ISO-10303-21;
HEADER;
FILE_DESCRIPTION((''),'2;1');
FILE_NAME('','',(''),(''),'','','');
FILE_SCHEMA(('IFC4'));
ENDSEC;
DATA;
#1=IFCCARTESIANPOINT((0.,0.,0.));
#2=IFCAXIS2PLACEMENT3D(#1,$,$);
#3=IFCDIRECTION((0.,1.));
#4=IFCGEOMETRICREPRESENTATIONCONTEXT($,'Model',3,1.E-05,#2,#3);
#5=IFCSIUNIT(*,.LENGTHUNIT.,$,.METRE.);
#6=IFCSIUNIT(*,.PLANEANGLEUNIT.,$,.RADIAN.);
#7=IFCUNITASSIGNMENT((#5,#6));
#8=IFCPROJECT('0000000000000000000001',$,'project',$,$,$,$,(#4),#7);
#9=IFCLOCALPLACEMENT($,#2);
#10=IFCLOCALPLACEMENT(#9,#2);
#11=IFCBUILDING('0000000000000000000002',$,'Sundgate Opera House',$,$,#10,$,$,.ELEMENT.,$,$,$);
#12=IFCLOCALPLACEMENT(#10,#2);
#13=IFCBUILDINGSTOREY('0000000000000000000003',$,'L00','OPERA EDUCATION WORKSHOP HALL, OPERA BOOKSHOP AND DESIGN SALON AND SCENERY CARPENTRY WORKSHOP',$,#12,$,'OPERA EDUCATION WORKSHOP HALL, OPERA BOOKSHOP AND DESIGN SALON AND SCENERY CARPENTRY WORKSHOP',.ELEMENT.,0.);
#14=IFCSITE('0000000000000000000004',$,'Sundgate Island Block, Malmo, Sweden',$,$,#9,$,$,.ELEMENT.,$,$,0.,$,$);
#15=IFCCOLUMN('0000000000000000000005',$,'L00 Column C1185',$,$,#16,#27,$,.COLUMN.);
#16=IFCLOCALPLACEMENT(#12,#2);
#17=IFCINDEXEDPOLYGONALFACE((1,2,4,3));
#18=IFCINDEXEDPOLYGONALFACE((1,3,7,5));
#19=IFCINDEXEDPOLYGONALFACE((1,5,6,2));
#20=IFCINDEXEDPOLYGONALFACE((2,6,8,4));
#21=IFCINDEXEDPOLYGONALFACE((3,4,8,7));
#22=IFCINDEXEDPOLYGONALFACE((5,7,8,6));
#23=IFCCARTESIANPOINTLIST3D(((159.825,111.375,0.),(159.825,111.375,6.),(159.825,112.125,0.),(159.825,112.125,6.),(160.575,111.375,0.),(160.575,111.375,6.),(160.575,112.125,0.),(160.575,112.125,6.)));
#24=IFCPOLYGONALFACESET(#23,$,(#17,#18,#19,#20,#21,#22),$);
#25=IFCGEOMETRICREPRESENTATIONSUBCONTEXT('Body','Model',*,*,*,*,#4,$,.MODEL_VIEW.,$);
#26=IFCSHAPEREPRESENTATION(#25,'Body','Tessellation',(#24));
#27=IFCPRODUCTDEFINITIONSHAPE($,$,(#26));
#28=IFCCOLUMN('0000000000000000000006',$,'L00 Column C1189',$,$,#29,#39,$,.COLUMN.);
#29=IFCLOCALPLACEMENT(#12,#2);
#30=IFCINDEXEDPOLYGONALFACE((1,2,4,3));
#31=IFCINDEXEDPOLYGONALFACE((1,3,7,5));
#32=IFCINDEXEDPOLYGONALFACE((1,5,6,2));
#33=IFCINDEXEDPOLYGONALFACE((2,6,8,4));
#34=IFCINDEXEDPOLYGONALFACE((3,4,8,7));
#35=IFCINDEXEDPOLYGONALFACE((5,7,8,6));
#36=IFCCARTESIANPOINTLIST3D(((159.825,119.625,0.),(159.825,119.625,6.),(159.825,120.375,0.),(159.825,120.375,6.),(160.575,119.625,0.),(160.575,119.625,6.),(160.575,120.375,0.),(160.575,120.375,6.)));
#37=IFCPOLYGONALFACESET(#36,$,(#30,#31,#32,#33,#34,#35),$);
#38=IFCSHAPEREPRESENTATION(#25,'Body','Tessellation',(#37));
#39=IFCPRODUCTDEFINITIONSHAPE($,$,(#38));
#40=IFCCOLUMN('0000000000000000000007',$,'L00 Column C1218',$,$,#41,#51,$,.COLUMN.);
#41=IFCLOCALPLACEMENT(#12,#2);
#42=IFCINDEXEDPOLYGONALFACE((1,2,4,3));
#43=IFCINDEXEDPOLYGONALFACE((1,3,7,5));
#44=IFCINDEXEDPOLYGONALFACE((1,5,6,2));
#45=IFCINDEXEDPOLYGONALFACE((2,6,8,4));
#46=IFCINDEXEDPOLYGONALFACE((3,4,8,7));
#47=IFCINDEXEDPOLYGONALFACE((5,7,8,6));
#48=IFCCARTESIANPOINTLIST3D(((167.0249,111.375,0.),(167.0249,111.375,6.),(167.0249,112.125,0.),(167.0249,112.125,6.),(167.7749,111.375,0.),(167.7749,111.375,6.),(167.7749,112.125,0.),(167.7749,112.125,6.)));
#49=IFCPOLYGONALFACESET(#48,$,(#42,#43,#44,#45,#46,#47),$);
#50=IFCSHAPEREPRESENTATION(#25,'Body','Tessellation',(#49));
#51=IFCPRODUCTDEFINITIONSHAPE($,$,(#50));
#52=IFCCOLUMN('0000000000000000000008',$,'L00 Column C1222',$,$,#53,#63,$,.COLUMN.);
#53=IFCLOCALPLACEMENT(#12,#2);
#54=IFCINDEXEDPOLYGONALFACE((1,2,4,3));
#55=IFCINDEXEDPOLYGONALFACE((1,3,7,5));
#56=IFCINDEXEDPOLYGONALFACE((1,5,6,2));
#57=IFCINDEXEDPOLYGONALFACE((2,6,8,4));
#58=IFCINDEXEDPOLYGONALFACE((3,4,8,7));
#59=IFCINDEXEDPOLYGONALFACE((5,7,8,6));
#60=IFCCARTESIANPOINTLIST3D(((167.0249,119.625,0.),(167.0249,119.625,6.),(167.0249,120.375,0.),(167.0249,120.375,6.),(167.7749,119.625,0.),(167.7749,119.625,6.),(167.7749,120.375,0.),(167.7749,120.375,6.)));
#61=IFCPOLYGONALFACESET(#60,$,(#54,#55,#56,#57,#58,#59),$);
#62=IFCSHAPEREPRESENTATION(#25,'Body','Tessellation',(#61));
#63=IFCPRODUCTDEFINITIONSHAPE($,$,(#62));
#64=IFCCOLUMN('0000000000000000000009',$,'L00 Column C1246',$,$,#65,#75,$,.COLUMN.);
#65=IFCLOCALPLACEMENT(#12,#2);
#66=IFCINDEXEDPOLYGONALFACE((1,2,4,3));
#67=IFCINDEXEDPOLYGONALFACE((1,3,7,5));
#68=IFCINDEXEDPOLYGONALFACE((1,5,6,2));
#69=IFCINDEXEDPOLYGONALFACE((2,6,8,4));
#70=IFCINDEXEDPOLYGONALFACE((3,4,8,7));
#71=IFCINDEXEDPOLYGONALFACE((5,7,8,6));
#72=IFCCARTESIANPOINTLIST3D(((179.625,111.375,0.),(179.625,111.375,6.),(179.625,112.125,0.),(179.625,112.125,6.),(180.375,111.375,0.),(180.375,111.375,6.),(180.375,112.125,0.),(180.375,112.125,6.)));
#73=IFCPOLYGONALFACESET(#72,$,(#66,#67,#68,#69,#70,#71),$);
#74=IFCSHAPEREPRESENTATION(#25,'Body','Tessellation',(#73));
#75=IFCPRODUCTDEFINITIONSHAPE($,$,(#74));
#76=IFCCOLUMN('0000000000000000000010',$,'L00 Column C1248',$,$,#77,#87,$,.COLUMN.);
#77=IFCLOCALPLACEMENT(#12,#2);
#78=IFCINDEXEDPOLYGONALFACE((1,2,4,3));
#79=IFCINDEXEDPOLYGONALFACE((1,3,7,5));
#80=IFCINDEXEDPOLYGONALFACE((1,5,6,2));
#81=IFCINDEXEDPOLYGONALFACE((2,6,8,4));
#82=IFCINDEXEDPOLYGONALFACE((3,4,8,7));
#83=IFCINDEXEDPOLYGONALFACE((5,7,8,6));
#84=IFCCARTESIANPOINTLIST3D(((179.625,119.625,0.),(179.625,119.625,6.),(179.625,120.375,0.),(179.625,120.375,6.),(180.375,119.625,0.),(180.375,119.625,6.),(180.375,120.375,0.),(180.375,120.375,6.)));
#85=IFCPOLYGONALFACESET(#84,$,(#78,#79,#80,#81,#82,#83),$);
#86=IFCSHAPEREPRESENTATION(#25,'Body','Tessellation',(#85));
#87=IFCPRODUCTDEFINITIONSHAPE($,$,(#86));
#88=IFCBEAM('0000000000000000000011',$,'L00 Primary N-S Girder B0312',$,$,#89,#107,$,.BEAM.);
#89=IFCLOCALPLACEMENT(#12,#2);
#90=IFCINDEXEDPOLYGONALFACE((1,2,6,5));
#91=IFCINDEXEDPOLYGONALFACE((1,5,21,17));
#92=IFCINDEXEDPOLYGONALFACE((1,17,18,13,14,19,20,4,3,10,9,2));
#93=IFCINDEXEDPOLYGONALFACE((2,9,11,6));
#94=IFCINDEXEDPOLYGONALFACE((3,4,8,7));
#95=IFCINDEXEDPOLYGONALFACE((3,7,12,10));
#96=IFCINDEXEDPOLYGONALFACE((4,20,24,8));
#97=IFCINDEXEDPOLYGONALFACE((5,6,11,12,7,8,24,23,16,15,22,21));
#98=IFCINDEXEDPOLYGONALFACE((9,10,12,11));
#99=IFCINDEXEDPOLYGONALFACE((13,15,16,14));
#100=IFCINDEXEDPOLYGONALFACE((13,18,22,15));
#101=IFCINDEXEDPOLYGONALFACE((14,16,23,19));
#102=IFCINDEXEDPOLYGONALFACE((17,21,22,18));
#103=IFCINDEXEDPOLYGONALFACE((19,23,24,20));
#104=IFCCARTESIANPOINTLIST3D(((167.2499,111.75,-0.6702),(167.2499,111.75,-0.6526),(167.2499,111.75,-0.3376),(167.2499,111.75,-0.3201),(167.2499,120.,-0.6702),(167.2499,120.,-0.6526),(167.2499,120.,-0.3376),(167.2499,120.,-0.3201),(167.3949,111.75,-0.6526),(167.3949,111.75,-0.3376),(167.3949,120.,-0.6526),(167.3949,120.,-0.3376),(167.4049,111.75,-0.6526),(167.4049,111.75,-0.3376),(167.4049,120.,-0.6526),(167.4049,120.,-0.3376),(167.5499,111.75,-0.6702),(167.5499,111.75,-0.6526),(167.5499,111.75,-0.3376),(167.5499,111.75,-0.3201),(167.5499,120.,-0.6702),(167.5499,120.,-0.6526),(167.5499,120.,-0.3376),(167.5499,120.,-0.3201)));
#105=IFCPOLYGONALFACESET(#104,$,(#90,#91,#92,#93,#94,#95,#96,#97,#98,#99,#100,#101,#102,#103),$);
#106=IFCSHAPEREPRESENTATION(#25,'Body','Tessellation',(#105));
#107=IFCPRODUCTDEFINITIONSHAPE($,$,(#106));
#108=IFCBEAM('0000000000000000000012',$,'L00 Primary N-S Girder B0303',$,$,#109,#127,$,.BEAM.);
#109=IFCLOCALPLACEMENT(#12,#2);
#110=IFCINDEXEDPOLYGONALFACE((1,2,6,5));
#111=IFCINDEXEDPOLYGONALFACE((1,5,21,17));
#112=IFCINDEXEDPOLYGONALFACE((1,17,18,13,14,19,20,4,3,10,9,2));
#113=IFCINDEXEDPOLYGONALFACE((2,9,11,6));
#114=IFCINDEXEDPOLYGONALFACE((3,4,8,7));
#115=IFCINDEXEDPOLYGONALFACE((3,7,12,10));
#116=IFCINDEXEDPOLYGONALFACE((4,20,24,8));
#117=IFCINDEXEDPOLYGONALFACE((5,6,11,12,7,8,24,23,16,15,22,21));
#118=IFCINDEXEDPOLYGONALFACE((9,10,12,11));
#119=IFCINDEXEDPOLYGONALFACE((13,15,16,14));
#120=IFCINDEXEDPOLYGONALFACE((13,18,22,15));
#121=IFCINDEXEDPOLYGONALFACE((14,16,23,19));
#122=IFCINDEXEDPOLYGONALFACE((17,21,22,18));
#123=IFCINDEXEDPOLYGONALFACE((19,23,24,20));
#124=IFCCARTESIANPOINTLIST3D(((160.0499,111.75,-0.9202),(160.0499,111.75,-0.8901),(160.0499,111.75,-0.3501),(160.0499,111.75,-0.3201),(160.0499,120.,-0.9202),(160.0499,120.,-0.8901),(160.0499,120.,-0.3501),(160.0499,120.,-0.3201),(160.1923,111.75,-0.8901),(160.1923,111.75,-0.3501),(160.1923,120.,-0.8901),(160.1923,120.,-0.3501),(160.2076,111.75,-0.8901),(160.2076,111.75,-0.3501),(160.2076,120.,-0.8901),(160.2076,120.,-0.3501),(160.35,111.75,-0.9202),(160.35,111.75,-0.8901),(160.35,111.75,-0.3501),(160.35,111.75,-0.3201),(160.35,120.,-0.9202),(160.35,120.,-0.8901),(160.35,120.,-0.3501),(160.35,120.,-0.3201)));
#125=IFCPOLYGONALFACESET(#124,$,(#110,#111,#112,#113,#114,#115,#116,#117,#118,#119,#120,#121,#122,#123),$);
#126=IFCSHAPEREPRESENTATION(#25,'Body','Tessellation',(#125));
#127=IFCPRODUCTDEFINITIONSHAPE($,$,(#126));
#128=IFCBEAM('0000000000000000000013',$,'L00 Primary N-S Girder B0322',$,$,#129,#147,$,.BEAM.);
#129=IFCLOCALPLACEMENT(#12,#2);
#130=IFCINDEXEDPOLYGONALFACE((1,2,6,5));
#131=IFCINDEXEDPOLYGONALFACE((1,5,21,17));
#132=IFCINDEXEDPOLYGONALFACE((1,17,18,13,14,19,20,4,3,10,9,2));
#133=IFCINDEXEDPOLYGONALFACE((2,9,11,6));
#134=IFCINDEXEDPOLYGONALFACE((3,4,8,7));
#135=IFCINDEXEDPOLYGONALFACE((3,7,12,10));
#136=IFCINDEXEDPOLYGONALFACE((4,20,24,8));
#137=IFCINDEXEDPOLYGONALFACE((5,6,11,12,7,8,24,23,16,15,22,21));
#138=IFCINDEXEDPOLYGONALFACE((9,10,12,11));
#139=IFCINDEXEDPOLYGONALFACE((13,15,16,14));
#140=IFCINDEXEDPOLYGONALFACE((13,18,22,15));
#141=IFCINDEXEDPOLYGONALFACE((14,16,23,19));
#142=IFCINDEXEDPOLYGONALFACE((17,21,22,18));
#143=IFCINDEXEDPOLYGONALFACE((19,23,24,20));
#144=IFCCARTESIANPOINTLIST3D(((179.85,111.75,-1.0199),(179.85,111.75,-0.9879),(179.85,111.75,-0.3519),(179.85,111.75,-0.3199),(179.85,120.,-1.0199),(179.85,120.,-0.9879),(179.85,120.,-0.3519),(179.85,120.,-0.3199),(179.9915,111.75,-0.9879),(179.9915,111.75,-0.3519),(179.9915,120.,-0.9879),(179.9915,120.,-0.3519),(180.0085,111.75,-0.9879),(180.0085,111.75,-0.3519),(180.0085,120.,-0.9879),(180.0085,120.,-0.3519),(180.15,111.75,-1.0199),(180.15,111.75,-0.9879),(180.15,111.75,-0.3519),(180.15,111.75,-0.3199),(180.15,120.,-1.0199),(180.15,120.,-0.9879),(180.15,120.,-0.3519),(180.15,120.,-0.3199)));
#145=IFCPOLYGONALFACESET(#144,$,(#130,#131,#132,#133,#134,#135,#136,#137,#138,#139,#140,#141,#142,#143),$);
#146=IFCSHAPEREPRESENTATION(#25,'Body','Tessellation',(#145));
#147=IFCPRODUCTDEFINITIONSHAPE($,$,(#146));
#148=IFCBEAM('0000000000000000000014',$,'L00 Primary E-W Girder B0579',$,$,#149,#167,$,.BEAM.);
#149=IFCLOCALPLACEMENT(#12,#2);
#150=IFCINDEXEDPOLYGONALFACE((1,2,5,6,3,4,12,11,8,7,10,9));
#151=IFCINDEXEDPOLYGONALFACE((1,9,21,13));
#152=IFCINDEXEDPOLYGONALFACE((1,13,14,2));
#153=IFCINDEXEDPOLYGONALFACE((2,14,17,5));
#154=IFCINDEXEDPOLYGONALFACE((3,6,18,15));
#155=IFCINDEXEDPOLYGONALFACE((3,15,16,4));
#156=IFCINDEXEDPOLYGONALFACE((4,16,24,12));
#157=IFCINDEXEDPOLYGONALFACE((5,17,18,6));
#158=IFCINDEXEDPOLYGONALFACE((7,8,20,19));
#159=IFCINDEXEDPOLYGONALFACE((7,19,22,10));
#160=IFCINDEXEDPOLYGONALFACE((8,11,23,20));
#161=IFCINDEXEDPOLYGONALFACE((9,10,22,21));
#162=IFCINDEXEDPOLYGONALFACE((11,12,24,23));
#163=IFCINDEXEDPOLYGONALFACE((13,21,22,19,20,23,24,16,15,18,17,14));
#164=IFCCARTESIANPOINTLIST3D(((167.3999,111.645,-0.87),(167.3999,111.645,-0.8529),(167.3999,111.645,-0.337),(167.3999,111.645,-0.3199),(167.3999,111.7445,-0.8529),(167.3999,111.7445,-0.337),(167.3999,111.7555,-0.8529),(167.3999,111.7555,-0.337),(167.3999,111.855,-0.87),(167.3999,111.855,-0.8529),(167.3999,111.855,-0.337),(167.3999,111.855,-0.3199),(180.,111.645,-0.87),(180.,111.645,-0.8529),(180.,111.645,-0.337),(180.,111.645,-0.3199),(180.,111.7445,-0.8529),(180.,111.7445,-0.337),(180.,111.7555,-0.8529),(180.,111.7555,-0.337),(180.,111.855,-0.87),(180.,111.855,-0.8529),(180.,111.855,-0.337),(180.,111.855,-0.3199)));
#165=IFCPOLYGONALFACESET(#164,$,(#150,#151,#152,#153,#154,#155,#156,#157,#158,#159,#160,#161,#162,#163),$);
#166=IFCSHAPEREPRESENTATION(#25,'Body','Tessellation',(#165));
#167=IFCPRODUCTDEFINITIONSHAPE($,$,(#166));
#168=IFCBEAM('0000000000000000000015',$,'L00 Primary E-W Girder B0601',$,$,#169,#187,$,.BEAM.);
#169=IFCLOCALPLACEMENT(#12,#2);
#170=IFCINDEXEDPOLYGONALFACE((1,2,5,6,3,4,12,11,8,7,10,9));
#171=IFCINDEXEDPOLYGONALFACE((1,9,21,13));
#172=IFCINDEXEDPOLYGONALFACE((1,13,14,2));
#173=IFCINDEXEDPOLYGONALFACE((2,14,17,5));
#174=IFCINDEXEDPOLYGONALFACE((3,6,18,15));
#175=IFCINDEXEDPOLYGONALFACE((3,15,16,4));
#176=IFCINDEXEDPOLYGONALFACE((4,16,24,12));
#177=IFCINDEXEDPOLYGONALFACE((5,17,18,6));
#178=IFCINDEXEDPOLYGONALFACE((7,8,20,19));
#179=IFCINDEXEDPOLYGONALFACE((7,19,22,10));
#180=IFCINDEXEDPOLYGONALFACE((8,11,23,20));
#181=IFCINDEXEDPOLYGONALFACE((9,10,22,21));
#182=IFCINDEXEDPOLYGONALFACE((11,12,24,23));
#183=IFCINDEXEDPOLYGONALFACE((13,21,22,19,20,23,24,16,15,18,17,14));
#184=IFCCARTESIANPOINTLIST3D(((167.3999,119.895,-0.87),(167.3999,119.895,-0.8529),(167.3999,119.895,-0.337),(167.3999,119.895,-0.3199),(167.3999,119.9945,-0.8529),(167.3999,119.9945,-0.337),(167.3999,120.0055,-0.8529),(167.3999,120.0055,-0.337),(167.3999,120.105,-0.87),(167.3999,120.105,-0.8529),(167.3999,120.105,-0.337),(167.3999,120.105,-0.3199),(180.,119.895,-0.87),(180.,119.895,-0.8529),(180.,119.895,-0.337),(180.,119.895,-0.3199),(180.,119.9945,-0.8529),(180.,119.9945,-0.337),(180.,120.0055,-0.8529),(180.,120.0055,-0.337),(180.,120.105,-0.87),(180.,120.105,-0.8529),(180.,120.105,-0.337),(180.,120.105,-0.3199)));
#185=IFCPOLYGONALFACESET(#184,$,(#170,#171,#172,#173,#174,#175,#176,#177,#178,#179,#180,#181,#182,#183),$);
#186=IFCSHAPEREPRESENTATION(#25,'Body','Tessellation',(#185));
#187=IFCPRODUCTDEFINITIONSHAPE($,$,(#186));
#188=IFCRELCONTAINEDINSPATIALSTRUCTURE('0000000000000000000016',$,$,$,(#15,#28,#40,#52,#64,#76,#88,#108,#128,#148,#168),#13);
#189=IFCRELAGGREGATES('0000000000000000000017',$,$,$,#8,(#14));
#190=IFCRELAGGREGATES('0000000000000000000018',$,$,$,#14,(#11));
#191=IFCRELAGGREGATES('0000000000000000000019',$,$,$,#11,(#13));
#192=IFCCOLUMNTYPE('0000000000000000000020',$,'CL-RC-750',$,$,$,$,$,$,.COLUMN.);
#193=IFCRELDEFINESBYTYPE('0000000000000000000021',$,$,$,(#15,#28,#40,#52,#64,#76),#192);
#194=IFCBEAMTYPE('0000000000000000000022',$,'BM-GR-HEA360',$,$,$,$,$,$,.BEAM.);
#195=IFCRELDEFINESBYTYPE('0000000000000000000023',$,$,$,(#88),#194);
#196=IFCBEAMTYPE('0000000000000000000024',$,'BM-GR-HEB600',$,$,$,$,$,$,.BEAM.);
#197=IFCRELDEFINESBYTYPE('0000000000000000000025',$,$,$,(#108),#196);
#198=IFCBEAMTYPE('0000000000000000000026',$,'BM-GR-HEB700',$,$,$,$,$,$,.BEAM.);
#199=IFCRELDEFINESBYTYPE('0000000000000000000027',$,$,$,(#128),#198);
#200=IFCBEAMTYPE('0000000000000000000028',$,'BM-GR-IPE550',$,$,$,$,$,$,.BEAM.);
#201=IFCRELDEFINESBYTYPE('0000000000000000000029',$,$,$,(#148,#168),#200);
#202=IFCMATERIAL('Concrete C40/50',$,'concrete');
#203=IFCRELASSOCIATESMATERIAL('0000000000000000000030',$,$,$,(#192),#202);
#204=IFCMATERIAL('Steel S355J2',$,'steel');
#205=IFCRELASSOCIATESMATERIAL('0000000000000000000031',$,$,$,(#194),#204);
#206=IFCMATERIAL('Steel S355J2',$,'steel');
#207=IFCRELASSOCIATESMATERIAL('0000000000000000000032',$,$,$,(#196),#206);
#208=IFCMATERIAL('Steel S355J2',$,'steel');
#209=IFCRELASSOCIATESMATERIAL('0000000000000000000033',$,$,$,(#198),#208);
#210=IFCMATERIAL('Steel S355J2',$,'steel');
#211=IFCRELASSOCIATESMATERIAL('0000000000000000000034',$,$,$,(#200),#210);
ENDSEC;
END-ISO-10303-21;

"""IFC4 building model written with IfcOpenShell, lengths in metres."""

from ifc_helpers import new_model, si_unit, direction, frame, origin, origin_2d, place, context, subcontext, project, spatial, rectangle, i_section, extrude, material, material_profile, profile_set, type_object, element, save


model = new_model("IFC4")

# Units and contexts
model_context = context("Model", 3, precision=1e-05, world=origin(), true_north=direction((0.0, 1.0)))
body_context = subcontext(model_context, "Body", "Model", "MODEL_VIEW")
ifc_project = project(units=[si_unit("LENGTHUNIT", "METRE"), si_unit("PLANEANGLEUNIT", "RADIAN")], contexts=[model_context])

# Site, building, storey
site_placement = place(None, origin())
site = spatial("IfcSite", under=ifc_project, at=site_placement, Name="Sundgate Island Block, Malmo, Sweden", CompositionType="ELEMENT", RefElevation=0.0)
building_placement = place(site_placement, origin())
building = spatial("IfcBuilding", under=site, at=building_placement, Name="Sundgate Opera House", CompositionType="ELEMENT")
storey_placement = place(building_placement, origin())
storey = spatial("IfcBuildingStorey", under=building, at=storey_placement, Name="L00", Description="OPERA EDUCATION WORKSHOP HALL, OPERA BOOKSHOP AND DESIGN SALON AND SCENERY CARPENTRY WORKSHOP", LongName="OPERA EDUCATION WORKSHOP HALL, OPERA BOOKSHOP AND DESIGN SALON AND SCENERY CARPENTRY WORKSHOP", CompositionType="ELEMENT", Elevation=0.0)

# Columns
ifc_material_1 = material(Name="Concrete C40/50", Category="concrete")
ifc_material_profile_1 = material_profile(ifc_material_1, rectangle(XDim=0.75, YDim=0.75, at=origin_2d()), Name="RC 750x750")
ifc_profile_set_1 = profile_set([ifc_material_profile_1], Name="Concrete C40/50")
column_type = type_object("IfcColumnType", Name="CL-RC-750", PredefinedType="COLUMN", material=ifc_profile_set_1)
for number, where, z_axis, x_axis, name in (
    (1, (160.2, 111.75, 0.0), (0.0, 0.0, 1.0), (1.0, 0.0, 0.0), "L00 Column C1185"),
    (2, (160.2, 120.0, 0.0), (0.0, 0.0, 1.0), (1.0, 0.0, 0.0), "L00 Column C1189"),
    (3, (167.3999, 111.75, 0.0), (0.0, 0.0, 1.0), (1.0, 0.0, 0.0), "L00 Column C1218"),
    (4, (167.3999, 120.0, 0.0), (0.0, 0.0, 1.0), (1.0, 0.0, 0.0), "L00 Column C1222"),
    (5, (180.0, 111.75, 0.0), (0.0, 0.0, 1.0), (1.0, 0.0, 0.0), "L00 Column C1246"),
    (6, (180.0, 120.0, 0.0), (0.0, 0.0, 1.0), (1.0, 0.0, 0.0), "L00 Column C1248"),
):
    element("IfcColumn", number, at=place(storey_placement, frame(where, z_axis=z_axis, x_axis=x_axis)), inside=storey, type_object=column_type, Name=name, PredefinedType="COLUMN", context=body_context, shape_type="SweptSolid", body=[
        extrude(rectangle(XDim=0.75, YDim=0.75, at=origin_2d()), origin(), (0.0, 0.0, 1.0), 6.0),
    ])

# Beams
ifc_material_2 = material(Name="Steel S355J2", Category="steel")
ifc_material_profile_2 = material_profile(ifc_material_2, i_section(OverallWidth=0.3, OverallDepth=0.3501, WebThickness=0.01, FlangeThickness=0.0176, at=origin_2d()), Name="HEA 360")
ifc_profile_set_2 = profile_set([ifc_material_profile_2], Name="Steel S355J2")
beam_type_1 = type_object("IfcBeamType", Name="BM-GR-HEA360", PredefinedType="BEAM", material=ifc_profile_set_2)
beam_1_placement = place(storey_placement, frame((167.3999, 111.75, -0.4951), z_axis=(0.0, 1.0, 0.0), x_axis=(-1.0, 0.0, 0.0)))
element("IfcBeam", 7, at=beam_1_placement, inside=storey, type_object=beam_type_1, Name="L00 Primary N-S Girder B0312", PredefinedType="BEAM", context=body_context, shape_type="SweptSolid", body=[
    extrude(i_section(OverallWidth=0.3, OverallDepth=0.3501, WebThickness=0.01, FlangeThickness=0.0176, at=origin_2d()), origin(), (0.0, 0.0, 1.0), 8.25),
])
ifc_material_3 = material(Name="Steel S355J2", Category="steel")
ifc_material_profile_3 = material_profile(ifc_material_3, i_section(OverallWidth=0.3, OverallDepth=0.6001, WebThickness=0.0154, FlangeThickness=0.03, at=origin_2d()), Name="HEB 600")
ifc_profile_set_3 = profile_set([ifc_material_profile_3], Name="Steel S355J2")
beam_type_2 = type_object("IfcBeamType", Name="BM-GR-HEB600", PredefinedType="BEAM", material=ifc_profile_set_3)
beam_2_placement = place(storey_placement, frame((160.2, 111.75, -0.6201), z_axis=(0.0, 1.0, 0.0), x_axis=(-1.0, 0.0, 0.0)))
element("IfcBeam", 8, at=beam_2_placement, inside=storey, type_object=beam_type_2, Name="L00 Primary N-S Girder B0303", PredefinedType="BEAM", context=body_context, shape_type="SweptSolid", body=[
    extrude(i_section(OverallWidth=0.3, OverallDepth=0.6001, WebThickness=0.0154, FlangeThickness=0.03, at=origin_2d()), origin(), (0.0, 0.0, 1.0), 8.25),
])
ifc_material_4 = material(Name="Steel S355J2", Category="steel")
ifc_material_profile_4 = material_profile(ifc_material_4, i_section(OverallWidth=0.3, OverallDepth=0.7, WebThickness=0.0171, FlangeThickness=0.032, at=origin_2d()), Name="HEB 700")
ifc_profile_set_4 = profile_set([ifc_material_profile_4], Name="Steel S355J2")
beam_type_3 = type_object("IfcBeamType", Name="BM-GR-HEB700", PredefinedType="BEAM", material=ifc_profile_set_4)
beam_3_placement = place(storey_placement, frame((180.0, 111.75, -0.6699), z_axis=(0.0, 1.0, 0.0), x_axis=(-1.0, 0.0, 0.0)))
element("IfcBeam", 9, at=beam_3_placement, inside=storey, type_object=beam_type_3, Name="L00 Primary N-S Girder B0322", PredefinedType="BEAM", context=body_context, shape_type="SweptSolid", body=[
    extrude(i_section(OverallWidth=0.3, OverallDepth=0.7, WebThickness=0.0171, FlangeThickness=0.032, at=origin_2d()), origin(), (0.0, 0.0, 1.0), 8.25),
])
ifc_material_5 = material(Name="Steel S355J2", Category="steel")
ifc_material_profile_5 = material_profile(ifc_material_5, i_section(OverallWidth=0.21, OverallDepth=0.55, WebThickness=0.011, FlangeThickness=0.0171, at=origin_2d()), Name="IPE 550")
ifc_profile_set_5 = profile_set([ifc_material_profile_5], Name="Steel S355J2")
beam_type_4 = type_object("IfcBeamType", Name="BM-GR-IPE550", PredefinedType="BEAM", material=ifc_profile_set_5)
for number, where, z_axis, x_axis, name in (
    (10, (167.3999, 111.75, -0.595), (1.0, 0.0, 0.0), (0.0, 1.0, 0.0), "L00 Primary E-W Girder B0579"),
    (11, (167.3999, 120.0, -0.595), (1.0, 0.0, 0.0), (0.0, 1.0, 0.0), "L00 Primary E-W Girder B0601"),
):
    element("IfcBeam", number, at=place(storey_placement, frame(where, z_axis=z_axis, x_axis=x_axis)), inside=storey, type_object=beam_type_4, Name=name, PredefinedType="BEAM", context=body_context, shape_type="SweptSolid", body=[
        extrude(i_section(OverallWidth=0.21, OverallDepth=0.55, WebThickness=0.011, FlangeThickness=0.0171, at=origin_2d()), origin(), (0.0, 0.0, 1.0), 12.6001),
    ])

save(model, "model.ifc")
